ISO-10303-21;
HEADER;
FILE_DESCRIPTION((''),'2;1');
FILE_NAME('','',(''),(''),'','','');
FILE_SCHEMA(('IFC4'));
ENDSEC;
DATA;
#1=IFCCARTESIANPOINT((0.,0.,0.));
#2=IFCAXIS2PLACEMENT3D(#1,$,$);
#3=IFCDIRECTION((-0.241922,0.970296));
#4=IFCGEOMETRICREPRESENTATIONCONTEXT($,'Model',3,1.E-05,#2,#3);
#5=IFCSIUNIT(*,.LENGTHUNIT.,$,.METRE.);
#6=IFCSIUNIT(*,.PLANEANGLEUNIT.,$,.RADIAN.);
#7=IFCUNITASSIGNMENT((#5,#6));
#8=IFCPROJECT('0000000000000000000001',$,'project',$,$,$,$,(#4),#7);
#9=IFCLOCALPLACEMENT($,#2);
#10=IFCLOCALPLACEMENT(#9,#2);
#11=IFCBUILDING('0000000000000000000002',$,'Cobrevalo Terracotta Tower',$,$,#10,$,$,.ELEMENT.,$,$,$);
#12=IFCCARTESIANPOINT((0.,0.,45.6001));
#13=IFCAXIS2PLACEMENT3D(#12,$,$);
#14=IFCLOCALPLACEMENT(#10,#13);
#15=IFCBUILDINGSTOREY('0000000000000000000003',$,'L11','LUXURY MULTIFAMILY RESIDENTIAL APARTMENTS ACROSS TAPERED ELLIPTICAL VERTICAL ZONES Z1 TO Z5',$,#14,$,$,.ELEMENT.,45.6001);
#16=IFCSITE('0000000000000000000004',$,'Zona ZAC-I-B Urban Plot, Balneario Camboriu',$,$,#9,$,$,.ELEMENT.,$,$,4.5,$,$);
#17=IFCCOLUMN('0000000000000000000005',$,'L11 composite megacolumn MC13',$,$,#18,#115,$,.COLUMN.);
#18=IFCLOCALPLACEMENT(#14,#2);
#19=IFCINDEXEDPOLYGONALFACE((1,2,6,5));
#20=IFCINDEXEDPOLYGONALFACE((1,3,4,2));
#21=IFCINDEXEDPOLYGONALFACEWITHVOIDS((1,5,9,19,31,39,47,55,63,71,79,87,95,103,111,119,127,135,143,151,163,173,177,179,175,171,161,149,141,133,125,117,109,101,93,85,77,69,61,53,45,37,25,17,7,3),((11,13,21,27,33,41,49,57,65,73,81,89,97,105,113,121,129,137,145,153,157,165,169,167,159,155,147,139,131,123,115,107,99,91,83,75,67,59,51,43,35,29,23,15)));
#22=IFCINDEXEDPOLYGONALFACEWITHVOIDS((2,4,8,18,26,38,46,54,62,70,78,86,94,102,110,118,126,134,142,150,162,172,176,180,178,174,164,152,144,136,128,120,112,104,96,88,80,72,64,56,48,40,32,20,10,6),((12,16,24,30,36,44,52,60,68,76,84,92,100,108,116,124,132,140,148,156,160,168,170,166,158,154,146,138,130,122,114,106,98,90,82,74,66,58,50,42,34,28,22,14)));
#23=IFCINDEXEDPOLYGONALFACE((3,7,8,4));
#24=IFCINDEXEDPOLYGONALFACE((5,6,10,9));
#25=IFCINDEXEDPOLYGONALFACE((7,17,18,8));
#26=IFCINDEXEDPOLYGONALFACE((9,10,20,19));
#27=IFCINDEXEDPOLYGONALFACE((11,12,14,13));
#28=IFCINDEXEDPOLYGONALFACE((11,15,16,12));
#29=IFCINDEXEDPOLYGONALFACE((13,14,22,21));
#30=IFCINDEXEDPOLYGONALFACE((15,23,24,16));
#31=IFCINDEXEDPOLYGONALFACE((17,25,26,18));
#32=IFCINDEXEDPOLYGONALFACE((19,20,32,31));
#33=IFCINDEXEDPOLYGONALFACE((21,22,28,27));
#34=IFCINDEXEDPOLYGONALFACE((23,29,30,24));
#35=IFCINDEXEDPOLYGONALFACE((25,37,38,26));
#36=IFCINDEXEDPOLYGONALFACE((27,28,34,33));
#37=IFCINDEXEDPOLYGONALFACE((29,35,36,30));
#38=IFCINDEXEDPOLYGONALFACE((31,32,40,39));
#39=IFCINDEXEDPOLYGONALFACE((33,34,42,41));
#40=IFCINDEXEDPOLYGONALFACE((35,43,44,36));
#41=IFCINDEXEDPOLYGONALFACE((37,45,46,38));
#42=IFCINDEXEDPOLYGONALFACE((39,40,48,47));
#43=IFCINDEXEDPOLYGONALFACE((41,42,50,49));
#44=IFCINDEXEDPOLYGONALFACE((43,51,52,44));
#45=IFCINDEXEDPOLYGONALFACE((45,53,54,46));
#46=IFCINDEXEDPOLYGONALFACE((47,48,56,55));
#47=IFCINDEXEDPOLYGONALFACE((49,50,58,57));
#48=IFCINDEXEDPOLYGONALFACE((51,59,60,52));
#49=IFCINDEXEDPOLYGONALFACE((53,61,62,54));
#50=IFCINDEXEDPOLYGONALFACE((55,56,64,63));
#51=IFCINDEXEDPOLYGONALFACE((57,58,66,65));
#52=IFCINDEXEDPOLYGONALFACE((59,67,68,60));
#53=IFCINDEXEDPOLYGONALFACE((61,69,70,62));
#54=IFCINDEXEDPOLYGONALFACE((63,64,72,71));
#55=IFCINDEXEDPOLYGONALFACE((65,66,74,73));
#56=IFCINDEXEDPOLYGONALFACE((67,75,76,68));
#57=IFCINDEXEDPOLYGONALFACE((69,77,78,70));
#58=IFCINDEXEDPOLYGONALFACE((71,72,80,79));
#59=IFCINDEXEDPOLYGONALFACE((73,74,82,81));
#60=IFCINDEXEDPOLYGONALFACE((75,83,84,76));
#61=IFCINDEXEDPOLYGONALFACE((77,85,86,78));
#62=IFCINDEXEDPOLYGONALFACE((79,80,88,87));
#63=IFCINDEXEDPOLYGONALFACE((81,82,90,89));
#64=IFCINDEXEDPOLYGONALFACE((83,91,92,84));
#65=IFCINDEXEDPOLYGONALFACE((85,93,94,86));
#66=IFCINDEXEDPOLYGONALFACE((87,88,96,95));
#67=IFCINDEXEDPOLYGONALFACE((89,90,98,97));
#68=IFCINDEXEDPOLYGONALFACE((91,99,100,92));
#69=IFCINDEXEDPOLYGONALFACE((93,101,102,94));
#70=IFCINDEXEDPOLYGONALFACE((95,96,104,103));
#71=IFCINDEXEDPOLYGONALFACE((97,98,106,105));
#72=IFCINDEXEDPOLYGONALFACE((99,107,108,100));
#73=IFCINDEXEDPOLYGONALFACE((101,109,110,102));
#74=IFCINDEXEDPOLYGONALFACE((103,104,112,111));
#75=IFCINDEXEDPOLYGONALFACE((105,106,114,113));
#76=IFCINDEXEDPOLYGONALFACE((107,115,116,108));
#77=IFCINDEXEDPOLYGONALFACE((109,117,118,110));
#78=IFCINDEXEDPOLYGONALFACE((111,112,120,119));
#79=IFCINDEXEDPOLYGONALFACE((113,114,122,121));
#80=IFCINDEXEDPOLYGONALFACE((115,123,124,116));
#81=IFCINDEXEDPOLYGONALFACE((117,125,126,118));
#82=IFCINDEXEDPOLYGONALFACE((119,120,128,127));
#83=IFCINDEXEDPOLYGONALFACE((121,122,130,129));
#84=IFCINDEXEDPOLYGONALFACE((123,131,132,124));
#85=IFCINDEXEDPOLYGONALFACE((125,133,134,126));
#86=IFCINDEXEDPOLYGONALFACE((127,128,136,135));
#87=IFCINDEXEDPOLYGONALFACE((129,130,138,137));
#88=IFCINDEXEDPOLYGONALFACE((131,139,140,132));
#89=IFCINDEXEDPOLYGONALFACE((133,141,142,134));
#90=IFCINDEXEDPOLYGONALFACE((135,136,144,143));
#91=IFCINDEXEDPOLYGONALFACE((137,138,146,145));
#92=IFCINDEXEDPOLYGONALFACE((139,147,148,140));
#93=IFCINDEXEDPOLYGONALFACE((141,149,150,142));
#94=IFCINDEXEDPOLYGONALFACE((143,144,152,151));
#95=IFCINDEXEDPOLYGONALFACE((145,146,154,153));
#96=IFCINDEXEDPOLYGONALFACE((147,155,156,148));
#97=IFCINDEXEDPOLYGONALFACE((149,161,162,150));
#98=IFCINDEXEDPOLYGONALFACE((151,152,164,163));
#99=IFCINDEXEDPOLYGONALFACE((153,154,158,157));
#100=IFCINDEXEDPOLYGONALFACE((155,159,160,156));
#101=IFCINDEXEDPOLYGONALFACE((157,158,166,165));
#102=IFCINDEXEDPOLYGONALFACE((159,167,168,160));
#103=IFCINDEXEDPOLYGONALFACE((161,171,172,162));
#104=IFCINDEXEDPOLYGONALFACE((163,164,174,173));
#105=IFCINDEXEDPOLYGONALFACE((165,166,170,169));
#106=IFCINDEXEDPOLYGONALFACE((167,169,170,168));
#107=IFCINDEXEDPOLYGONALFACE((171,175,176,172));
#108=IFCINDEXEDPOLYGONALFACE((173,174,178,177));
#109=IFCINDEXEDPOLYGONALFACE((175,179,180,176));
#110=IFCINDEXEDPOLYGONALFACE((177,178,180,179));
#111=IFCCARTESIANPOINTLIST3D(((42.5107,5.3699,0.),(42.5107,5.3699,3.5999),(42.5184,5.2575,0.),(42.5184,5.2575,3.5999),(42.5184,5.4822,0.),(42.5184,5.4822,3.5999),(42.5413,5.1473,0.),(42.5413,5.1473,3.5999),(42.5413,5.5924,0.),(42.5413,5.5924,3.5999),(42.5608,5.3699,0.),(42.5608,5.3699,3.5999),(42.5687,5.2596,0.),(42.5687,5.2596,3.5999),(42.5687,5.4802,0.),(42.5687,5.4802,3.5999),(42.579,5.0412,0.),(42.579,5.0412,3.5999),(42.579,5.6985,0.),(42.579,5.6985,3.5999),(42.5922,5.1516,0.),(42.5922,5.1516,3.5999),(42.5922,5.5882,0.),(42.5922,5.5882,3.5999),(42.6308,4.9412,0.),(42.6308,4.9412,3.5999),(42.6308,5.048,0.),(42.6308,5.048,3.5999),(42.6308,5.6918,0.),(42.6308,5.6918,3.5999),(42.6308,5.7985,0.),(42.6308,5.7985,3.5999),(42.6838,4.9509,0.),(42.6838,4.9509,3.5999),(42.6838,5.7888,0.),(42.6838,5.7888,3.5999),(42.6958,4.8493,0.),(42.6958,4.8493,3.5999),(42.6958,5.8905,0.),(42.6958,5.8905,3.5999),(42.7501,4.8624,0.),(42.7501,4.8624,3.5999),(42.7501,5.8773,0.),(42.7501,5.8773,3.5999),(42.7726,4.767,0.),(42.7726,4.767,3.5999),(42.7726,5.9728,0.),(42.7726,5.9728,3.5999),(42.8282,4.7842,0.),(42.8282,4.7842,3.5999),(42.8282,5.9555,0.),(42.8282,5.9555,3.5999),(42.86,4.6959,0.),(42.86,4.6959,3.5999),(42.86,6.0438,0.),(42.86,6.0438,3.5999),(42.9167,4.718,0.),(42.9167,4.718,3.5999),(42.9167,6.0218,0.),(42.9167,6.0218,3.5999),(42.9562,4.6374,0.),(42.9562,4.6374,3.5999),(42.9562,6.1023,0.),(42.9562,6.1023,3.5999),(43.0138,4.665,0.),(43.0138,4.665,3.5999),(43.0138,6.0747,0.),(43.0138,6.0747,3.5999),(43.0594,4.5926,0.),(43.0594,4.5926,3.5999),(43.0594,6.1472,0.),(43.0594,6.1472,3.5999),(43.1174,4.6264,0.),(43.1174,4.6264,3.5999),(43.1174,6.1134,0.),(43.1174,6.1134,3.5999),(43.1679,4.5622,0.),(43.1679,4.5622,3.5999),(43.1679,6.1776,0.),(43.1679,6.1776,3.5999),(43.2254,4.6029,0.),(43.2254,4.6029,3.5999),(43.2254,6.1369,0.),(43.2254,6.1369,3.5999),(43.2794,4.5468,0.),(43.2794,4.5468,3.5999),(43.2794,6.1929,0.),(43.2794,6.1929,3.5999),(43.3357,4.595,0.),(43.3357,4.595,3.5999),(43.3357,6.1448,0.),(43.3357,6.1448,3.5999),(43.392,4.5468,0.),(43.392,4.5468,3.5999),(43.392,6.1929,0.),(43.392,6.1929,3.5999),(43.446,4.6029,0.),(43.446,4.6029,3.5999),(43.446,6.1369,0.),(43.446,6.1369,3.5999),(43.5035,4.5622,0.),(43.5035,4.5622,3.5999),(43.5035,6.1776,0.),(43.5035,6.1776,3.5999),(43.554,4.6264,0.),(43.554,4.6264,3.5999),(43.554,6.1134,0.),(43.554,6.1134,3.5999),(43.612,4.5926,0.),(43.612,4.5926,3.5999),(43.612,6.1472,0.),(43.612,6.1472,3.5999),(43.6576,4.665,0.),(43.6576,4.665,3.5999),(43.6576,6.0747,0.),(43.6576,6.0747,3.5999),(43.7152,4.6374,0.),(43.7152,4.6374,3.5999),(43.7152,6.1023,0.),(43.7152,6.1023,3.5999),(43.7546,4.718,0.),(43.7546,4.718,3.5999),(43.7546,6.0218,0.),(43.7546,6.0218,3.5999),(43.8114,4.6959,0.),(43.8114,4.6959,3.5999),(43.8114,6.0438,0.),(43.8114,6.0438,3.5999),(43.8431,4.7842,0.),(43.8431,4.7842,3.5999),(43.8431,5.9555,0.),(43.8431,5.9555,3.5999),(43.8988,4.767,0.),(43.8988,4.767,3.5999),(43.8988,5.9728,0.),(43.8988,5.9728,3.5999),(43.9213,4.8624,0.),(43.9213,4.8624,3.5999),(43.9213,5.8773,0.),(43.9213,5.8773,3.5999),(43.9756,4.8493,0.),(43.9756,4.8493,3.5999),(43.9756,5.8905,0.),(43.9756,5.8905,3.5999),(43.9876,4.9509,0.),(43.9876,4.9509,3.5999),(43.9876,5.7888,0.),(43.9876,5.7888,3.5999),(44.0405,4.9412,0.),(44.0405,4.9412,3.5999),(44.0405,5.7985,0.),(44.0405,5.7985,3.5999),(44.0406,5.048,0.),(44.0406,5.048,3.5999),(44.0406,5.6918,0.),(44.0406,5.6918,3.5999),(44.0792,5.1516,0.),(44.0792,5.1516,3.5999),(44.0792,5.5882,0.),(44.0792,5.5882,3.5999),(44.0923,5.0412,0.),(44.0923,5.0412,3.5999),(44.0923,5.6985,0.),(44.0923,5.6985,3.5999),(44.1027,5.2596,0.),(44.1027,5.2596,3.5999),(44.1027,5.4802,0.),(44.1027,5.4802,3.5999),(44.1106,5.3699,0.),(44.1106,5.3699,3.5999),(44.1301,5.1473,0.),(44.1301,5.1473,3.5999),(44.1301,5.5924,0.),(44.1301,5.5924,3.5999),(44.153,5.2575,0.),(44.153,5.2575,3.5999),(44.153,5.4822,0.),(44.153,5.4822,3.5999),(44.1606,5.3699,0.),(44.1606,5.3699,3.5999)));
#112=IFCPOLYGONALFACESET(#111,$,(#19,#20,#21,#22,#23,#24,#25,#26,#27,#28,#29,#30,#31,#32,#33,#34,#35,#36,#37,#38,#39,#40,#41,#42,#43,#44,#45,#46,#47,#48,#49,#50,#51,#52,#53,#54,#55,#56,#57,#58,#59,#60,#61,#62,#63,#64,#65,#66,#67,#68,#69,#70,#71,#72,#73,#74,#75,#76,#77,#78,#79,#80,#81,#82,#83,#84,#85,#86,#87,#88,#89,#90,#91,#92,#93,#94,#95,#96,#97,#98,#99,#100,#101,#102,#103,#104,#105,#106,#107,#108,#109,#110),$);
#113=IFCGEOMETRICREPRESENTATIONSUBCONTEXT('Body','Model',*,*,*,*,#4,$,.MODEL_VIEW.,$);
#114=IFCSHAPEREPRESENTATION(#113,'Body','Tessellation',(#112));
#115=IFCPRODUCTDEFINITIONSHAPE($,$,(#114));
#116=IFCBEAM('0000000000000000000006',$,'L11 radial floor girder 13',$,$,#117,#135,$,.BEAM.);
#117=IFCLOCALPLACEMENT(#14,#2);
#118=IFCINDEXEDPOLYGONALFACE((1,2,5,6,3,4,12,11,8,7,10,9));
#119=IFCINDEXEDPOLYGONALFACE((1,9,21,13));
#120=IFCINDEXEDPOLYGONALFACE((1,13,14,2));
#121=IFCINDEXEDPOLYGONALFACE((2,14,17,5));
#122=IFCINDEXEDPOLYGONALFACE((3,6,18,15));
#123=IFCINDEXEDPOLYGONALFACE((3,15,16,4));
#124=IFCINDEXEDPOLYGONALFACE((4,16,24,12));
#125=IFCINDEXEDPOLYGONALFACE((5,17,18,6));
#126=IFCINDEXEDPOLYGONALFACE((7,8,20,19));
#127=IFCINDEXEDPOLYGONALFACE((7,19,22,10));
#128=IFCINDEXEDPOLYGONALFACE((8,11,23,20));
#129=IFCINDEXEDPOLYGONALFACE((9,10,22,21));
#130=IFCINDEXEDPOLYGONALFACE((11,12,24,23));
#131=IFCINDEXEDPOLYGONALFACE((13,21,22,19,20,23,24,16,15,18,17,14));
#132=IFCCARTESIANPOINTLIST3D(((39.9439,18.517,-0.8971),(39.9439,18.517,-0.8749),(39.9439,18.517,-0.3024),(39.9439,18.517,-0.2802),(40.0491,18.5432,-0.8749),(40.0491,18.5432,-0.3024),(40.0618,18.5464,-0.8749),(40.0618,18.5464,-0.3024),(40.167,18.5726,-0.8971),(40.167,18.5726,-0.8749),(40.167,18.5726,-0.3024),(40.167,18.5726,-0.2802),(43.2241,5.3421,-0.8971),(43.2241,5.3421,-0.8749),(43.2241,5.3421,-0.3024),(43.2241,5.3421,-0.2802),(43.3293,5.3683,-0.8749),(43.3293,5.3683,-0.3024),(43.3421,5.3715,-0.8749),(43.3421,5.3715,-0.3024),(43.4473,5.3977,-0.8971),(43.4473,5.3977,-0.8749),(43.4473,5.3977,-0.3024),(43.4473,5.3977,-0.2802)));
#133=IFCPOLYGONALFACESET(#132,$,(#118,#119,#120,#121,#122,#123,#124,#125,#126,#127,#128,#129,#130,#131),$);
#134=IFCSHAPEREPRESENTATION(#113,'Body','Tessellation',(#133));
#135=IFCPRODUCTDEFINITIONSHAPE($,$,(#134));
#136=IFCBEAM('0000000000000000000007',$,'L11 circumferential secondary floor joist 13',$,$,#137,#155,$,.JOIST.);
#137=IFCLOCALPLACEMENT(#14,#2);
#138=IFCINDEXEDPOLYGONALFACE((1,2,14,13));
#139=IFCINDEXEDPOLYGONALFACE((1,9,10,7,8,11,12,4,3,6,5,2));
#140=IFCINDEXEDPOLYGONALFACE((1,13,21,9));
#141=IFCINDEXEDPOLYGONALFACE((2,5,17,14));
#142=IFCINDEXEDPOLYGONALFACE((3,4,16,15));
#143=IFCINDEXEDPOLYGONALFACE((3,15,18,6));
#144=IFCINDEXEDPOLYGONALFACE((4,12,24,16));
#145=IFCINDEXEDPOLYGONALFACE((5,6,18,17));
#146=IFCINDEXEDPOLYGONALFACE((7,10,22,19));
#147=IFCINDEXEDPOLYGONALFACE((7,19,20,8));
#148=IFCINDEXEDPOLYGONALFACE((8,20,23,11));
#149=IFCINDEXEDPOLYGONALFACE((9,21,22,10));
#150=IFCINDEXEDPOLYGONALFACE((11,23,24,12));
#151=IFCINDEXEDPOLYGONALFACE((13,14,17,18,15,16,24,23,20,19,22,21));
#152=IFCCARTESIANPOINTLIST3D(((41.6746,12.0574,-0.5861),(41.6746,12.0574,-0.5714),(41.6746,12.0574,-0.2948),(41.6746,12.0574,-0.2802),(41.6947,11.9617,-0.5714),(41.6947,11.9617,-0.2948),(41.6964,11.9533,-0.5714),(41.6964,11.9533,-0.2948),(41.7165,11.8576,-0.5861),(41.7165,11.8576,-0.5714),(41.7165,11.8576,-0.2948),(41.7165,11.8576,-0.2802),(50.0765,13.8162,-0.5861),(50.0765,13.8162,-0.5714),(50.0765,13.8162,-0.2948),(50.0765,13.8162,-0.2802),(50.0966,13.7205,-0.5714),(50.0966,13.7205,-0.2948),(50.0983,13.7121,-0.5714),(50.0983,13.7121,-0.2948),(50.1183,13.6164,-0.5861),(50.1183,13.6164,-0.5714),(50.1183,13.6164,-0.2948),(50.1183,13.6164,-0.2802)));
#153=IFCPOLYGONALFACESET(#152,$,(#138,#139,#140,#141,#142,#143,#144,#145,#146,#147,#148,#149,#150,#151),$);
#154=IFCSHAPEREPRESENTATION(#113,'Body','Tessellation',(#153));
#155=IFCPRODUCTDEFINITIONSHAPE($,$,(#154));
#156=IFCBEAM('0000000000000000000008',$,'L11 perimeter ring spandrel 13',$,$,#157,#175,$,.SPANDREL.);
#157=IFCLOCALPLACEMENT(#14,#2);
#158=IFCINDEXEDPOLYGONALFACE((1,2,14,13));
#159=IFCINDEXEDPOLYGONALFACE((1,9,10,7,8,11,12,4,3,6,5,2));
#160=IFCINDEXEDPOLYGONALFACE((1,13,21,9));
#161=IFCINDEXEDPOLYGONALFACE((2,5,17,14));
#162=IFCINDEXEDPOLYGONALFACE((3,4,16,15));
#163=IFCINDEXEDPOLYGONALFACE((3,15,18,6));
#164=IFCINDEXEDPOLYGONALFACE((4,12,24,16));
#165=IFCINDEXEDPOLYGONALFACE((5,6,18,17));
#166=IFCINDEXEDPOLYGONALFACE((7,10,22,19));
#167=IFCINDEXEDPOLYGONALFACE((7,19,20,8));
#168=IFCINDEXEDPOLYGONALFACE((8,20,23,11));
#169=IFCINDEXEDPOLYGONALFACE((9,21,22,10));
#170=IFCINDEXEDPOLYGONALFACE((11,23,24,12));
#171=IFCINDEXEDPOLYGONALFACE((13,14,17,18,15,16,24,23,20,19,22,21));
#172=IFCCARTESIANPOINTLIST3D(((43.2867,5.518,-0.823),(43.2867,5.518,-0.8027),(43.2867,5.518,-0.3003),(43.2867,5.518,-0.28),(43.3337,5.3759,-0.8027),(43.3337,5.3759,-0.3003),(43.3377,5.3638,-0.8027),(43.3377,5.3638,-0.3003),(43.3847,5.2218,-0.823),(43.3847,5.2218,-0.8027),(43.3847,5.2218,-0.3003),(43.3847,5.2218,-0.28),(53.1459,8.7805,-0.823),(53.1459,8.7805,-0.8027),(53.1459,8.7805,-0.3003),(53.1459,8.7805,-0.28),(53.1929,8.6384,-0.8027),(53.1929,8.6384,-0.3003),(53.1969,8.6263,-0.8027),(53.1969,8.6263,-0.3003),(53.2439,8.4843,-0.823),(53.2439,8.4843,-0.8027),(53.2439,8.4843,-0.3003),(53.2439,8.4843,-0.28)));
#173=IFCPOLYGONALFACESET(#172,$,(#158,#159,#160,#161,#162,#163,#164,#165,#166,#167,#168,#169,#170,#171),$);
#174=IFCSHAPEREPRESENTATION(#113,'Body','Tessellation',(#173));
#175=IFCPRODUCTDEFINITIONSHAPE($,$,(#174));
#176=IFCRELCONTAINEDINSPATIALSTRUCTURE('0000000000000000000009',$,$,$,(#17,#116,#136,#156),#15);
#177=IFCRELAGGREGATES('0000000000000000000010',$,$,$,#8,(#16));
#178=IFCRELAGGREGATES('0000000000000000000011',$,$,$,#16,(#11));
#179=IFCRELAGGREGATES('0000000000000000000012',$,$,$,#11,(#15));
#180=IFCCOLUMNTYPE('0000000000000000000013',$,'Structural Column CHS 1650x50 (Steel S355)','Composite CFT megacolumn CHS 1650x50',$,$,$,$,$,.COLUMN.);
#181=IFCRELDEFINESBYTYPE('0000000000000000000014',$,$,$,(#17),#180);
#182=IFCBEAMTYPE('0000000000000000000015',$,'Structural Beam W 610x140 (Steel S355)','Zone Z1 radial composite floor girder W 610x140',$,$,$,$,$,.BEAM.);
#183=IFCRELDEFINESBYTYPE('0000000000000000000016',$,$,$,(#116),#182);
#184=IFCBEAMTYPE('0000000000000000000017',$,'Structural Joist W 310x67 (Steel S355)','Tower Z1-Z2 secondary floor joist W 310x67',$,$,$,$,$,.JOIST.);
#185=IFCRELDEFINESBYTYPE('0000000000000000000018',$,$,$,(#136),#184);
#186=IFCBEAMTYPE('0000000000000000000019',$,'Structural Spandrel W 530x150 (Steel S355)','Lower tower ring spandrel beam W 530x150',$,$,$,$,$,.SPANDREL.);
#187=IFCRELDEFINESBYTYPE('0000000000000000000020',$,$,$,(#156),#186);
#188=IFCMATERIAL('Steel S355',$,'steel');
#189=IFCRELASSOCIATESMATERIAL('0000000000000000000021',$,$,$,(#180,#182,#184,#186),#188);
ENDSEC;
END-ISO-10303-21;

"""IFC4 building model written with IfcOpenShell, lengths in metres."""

from ifc_helpers import new_model, si_unit, direction, frame, origin, origin_2d, place, context, subcontext, project, spatial, hollow_circle, i_section, extrude, material, material_profile, profile_set, type_object, element, save


model = new_model("IFC4")

# Units and contexts
model_context = context("Model", 3, precision=1e-05, world=origin(), true_north=direction((-0.241922, 0.970296)))
body_context = subcontext(model_context, "Body", "Model", "MODEL_VIEW")
ifc_project = project(units=[si_unit("LENGTHUNIT", "METRE"), si_unit("PLANEANGLEUNIT", "RADIAN")], contexts=[model_context])

# Site, building, storey
site_placement = place(None, origin())
site = spatial("IfcSite", under=ifc_project, at=site_placement, Name="Zona ZAC-I-B Urban Plot, Balneario Camboriu", CompositionType="ELEMENT", RefElevation=4.5)
building_placement = place(site_placement, origin())
building = spatial("IfcBuilding", under=site, at=building_placement, Name="Cobrevalo Terracotta Tower", CompositionType="ELEMENT")
storey_placement = place(building_placement, frame((0.0, 0.0, 45.6001)))
storey = spatial("IfcBuildingStorey", under=building, at=storey_placement, Name="L11", Description="LUXURY MULTIFAMILY RESIDENTIAL APARTMENTS ACROSS TAPERED ELLIPTICAL VERTICAL ZONES Z1 TO Z5", CompositionType="ELEMENT", Elevation=45.6001)

# Column
ifc_material_1 = material(Name="Steel S355", Category="steel")
ifc_material_profile_1 = material_profile(ifc_material_1, hollow_circle(Radius=0.825, WallThickness=0.05, at=origin_2d()), Name="CHS 1650x50")
ifc_profile_set_1 = profile_set([ifc_material_profile_1], Name="Steel S355")
column_type = type_object("IfcColumnType", Name="Structural Column CHS 1650x50 (Steel S355)", Description="Composite CFT megacolumn CHS 1650x50", PredefinedType="COLUMN", material=ifc_profile_set_1)
column_placement = place(storey_placement, frame((43.3357, 5.3699, 0.0), z_axis=(0.0, 0.0, 1.0), x_axis=(1.0, 0.0, 0.0)))
element("IfcColumn", 1, at=column_placement, inside=storey, type_object=column_type, Name="L11 composite megacolumn MC13", PredefinedType="COLUMN", context=body_context, shape_type="SweptSolid", body=[
    extrude(hollow_circle(Radius=0.825, WallThickness=0.05, at=origin_2d()), origin(), (0.0, 0.0, 1.0), 3.5999),
])

# Beams
ifc_material_profile_2 = material_profile(ifc_material_1, i_section(OverallWidth=0.23, OverallDepth=0.6169, WebThickness=0.0132, FlangeThickness=0.0222, at=origin_2d()), Name="W 610x140")
ifc_profile_set_2 = profile_set([ifc_material_profile_2], Name="Steel S355")
beam_type_1 = type_object("IfcBeamType", Name="Structural Beam W 610x140 (Steel S355)", Description="Zone Z1 radial composite floor girder W 610x140", PredefinedType="BEAM", material=ifc_profile_set_2)
beam_1_placement = place(storey_placement, frame((43.3357, 5.3699, -0.5886), z_axis=(-0.2416, 0.970376, 0.0), x_axis=(-0.970376, -0.2416, 0.0)))
element("IfcBeam", 2, at=beam_1_placement, inside=storey, type_object=beam_type_1, Name="L11 radial floor girder 13", PredefinedType="BEAM", context=body_context, shape_type="SweptSolid", body=[
    extrude(i_section(OverallWidth=0.23, OverallDepth=0.6169, WebThickness=0.0132, FlangeThickness=0.0222, at=origin_2d()), origin(), (0.0, 0.0, 1.0), 13.5771),
])
ifc_material_profile_3 = material_profile(ifc_material_1, i_section(OverallWidth=0.2041, OverallDepth=0.3059, WebThickness=0.0085, FlangeThickness=0.0146, at=origin_2d()), Name="W 310x67")
ifc_profile_set_3 = profile_set([ifc_material_profile_3], Name="Steel S355")
beam_type_2 = type_object("IfcBeamType", Name="Structural Joist W 310x67 (Steel S355)", Description="Tower Z1-Z2 secondary floor joist W 310x67", PredefinedType="JOIST", material=ifc_profile_set_3)
beam_2_placement = place(storey_placement, frame((41.6956, 11.9575, -0.4331), z_axis=(0.978785, 0.204892, 0.0), x_axis=(-0.204892, 0.978785, 0.0)))
element("IfcBeam", 3, at=beam_2_placement, inside=storey, type_object=beam_type_2, Name="L11 circumferential secondary floor joist 13", PredefinedType="JOIST", context=body_context, shape_type="SweptSolid", body=[
    extrude(i_section(OverallWidth=0.2041, OverallDepth=0.3059, WebThickness=0.0085, FlangeThickness=0.0146, at=origin_2d()), origin(), (0.0, 0.0, 1.0), 8.584),
])
ifc_material_profile_4 = material_profile(ifc_material_1, i_section(OverallWidth=0.312, OverallDepth=0.543, WebThickness=0.0127, FlangeThickness=0.0203, at=origin_2d()), Name="W 530x150")
ifc_profile_set_4 = profile_set([ifc_material_profile_4], Name="Steel S355")
beam_type_3 = type_object("IfcBeamType", Name="Structural Spandrel W 530x150 (Steel S355)", Description="Lower tower ring spandrel beam W 530x150", PredefinedType="SPANDREL", material=ifc_profile_set_4)
beam_3_placement = place(storey_placement, frame((43.3357, 5.3699, -0.5515), z_axis=(0.949372, 0.314153, 0.0), x_axis=(-0.314153, 0.949372, 0.0)))
element("IfcBeam", 4, at=beam_3_placement, inside=storey, type_object=beam_type_3, Name="L11 perimeter ring spandrel 13", PredefinedType="SPANDREL", context=body_context, shape_type="SweptSolid", body=[
    extrude(i_section(OverallWidth=0.312, OverallDepth=0.543, WebThickness=0.0127, FlangeThickness=0.0203, at=origin_2d()), origin(), (0.0, 0.0, 1.0), 10.385),
])

save(model, "model.ifc")
